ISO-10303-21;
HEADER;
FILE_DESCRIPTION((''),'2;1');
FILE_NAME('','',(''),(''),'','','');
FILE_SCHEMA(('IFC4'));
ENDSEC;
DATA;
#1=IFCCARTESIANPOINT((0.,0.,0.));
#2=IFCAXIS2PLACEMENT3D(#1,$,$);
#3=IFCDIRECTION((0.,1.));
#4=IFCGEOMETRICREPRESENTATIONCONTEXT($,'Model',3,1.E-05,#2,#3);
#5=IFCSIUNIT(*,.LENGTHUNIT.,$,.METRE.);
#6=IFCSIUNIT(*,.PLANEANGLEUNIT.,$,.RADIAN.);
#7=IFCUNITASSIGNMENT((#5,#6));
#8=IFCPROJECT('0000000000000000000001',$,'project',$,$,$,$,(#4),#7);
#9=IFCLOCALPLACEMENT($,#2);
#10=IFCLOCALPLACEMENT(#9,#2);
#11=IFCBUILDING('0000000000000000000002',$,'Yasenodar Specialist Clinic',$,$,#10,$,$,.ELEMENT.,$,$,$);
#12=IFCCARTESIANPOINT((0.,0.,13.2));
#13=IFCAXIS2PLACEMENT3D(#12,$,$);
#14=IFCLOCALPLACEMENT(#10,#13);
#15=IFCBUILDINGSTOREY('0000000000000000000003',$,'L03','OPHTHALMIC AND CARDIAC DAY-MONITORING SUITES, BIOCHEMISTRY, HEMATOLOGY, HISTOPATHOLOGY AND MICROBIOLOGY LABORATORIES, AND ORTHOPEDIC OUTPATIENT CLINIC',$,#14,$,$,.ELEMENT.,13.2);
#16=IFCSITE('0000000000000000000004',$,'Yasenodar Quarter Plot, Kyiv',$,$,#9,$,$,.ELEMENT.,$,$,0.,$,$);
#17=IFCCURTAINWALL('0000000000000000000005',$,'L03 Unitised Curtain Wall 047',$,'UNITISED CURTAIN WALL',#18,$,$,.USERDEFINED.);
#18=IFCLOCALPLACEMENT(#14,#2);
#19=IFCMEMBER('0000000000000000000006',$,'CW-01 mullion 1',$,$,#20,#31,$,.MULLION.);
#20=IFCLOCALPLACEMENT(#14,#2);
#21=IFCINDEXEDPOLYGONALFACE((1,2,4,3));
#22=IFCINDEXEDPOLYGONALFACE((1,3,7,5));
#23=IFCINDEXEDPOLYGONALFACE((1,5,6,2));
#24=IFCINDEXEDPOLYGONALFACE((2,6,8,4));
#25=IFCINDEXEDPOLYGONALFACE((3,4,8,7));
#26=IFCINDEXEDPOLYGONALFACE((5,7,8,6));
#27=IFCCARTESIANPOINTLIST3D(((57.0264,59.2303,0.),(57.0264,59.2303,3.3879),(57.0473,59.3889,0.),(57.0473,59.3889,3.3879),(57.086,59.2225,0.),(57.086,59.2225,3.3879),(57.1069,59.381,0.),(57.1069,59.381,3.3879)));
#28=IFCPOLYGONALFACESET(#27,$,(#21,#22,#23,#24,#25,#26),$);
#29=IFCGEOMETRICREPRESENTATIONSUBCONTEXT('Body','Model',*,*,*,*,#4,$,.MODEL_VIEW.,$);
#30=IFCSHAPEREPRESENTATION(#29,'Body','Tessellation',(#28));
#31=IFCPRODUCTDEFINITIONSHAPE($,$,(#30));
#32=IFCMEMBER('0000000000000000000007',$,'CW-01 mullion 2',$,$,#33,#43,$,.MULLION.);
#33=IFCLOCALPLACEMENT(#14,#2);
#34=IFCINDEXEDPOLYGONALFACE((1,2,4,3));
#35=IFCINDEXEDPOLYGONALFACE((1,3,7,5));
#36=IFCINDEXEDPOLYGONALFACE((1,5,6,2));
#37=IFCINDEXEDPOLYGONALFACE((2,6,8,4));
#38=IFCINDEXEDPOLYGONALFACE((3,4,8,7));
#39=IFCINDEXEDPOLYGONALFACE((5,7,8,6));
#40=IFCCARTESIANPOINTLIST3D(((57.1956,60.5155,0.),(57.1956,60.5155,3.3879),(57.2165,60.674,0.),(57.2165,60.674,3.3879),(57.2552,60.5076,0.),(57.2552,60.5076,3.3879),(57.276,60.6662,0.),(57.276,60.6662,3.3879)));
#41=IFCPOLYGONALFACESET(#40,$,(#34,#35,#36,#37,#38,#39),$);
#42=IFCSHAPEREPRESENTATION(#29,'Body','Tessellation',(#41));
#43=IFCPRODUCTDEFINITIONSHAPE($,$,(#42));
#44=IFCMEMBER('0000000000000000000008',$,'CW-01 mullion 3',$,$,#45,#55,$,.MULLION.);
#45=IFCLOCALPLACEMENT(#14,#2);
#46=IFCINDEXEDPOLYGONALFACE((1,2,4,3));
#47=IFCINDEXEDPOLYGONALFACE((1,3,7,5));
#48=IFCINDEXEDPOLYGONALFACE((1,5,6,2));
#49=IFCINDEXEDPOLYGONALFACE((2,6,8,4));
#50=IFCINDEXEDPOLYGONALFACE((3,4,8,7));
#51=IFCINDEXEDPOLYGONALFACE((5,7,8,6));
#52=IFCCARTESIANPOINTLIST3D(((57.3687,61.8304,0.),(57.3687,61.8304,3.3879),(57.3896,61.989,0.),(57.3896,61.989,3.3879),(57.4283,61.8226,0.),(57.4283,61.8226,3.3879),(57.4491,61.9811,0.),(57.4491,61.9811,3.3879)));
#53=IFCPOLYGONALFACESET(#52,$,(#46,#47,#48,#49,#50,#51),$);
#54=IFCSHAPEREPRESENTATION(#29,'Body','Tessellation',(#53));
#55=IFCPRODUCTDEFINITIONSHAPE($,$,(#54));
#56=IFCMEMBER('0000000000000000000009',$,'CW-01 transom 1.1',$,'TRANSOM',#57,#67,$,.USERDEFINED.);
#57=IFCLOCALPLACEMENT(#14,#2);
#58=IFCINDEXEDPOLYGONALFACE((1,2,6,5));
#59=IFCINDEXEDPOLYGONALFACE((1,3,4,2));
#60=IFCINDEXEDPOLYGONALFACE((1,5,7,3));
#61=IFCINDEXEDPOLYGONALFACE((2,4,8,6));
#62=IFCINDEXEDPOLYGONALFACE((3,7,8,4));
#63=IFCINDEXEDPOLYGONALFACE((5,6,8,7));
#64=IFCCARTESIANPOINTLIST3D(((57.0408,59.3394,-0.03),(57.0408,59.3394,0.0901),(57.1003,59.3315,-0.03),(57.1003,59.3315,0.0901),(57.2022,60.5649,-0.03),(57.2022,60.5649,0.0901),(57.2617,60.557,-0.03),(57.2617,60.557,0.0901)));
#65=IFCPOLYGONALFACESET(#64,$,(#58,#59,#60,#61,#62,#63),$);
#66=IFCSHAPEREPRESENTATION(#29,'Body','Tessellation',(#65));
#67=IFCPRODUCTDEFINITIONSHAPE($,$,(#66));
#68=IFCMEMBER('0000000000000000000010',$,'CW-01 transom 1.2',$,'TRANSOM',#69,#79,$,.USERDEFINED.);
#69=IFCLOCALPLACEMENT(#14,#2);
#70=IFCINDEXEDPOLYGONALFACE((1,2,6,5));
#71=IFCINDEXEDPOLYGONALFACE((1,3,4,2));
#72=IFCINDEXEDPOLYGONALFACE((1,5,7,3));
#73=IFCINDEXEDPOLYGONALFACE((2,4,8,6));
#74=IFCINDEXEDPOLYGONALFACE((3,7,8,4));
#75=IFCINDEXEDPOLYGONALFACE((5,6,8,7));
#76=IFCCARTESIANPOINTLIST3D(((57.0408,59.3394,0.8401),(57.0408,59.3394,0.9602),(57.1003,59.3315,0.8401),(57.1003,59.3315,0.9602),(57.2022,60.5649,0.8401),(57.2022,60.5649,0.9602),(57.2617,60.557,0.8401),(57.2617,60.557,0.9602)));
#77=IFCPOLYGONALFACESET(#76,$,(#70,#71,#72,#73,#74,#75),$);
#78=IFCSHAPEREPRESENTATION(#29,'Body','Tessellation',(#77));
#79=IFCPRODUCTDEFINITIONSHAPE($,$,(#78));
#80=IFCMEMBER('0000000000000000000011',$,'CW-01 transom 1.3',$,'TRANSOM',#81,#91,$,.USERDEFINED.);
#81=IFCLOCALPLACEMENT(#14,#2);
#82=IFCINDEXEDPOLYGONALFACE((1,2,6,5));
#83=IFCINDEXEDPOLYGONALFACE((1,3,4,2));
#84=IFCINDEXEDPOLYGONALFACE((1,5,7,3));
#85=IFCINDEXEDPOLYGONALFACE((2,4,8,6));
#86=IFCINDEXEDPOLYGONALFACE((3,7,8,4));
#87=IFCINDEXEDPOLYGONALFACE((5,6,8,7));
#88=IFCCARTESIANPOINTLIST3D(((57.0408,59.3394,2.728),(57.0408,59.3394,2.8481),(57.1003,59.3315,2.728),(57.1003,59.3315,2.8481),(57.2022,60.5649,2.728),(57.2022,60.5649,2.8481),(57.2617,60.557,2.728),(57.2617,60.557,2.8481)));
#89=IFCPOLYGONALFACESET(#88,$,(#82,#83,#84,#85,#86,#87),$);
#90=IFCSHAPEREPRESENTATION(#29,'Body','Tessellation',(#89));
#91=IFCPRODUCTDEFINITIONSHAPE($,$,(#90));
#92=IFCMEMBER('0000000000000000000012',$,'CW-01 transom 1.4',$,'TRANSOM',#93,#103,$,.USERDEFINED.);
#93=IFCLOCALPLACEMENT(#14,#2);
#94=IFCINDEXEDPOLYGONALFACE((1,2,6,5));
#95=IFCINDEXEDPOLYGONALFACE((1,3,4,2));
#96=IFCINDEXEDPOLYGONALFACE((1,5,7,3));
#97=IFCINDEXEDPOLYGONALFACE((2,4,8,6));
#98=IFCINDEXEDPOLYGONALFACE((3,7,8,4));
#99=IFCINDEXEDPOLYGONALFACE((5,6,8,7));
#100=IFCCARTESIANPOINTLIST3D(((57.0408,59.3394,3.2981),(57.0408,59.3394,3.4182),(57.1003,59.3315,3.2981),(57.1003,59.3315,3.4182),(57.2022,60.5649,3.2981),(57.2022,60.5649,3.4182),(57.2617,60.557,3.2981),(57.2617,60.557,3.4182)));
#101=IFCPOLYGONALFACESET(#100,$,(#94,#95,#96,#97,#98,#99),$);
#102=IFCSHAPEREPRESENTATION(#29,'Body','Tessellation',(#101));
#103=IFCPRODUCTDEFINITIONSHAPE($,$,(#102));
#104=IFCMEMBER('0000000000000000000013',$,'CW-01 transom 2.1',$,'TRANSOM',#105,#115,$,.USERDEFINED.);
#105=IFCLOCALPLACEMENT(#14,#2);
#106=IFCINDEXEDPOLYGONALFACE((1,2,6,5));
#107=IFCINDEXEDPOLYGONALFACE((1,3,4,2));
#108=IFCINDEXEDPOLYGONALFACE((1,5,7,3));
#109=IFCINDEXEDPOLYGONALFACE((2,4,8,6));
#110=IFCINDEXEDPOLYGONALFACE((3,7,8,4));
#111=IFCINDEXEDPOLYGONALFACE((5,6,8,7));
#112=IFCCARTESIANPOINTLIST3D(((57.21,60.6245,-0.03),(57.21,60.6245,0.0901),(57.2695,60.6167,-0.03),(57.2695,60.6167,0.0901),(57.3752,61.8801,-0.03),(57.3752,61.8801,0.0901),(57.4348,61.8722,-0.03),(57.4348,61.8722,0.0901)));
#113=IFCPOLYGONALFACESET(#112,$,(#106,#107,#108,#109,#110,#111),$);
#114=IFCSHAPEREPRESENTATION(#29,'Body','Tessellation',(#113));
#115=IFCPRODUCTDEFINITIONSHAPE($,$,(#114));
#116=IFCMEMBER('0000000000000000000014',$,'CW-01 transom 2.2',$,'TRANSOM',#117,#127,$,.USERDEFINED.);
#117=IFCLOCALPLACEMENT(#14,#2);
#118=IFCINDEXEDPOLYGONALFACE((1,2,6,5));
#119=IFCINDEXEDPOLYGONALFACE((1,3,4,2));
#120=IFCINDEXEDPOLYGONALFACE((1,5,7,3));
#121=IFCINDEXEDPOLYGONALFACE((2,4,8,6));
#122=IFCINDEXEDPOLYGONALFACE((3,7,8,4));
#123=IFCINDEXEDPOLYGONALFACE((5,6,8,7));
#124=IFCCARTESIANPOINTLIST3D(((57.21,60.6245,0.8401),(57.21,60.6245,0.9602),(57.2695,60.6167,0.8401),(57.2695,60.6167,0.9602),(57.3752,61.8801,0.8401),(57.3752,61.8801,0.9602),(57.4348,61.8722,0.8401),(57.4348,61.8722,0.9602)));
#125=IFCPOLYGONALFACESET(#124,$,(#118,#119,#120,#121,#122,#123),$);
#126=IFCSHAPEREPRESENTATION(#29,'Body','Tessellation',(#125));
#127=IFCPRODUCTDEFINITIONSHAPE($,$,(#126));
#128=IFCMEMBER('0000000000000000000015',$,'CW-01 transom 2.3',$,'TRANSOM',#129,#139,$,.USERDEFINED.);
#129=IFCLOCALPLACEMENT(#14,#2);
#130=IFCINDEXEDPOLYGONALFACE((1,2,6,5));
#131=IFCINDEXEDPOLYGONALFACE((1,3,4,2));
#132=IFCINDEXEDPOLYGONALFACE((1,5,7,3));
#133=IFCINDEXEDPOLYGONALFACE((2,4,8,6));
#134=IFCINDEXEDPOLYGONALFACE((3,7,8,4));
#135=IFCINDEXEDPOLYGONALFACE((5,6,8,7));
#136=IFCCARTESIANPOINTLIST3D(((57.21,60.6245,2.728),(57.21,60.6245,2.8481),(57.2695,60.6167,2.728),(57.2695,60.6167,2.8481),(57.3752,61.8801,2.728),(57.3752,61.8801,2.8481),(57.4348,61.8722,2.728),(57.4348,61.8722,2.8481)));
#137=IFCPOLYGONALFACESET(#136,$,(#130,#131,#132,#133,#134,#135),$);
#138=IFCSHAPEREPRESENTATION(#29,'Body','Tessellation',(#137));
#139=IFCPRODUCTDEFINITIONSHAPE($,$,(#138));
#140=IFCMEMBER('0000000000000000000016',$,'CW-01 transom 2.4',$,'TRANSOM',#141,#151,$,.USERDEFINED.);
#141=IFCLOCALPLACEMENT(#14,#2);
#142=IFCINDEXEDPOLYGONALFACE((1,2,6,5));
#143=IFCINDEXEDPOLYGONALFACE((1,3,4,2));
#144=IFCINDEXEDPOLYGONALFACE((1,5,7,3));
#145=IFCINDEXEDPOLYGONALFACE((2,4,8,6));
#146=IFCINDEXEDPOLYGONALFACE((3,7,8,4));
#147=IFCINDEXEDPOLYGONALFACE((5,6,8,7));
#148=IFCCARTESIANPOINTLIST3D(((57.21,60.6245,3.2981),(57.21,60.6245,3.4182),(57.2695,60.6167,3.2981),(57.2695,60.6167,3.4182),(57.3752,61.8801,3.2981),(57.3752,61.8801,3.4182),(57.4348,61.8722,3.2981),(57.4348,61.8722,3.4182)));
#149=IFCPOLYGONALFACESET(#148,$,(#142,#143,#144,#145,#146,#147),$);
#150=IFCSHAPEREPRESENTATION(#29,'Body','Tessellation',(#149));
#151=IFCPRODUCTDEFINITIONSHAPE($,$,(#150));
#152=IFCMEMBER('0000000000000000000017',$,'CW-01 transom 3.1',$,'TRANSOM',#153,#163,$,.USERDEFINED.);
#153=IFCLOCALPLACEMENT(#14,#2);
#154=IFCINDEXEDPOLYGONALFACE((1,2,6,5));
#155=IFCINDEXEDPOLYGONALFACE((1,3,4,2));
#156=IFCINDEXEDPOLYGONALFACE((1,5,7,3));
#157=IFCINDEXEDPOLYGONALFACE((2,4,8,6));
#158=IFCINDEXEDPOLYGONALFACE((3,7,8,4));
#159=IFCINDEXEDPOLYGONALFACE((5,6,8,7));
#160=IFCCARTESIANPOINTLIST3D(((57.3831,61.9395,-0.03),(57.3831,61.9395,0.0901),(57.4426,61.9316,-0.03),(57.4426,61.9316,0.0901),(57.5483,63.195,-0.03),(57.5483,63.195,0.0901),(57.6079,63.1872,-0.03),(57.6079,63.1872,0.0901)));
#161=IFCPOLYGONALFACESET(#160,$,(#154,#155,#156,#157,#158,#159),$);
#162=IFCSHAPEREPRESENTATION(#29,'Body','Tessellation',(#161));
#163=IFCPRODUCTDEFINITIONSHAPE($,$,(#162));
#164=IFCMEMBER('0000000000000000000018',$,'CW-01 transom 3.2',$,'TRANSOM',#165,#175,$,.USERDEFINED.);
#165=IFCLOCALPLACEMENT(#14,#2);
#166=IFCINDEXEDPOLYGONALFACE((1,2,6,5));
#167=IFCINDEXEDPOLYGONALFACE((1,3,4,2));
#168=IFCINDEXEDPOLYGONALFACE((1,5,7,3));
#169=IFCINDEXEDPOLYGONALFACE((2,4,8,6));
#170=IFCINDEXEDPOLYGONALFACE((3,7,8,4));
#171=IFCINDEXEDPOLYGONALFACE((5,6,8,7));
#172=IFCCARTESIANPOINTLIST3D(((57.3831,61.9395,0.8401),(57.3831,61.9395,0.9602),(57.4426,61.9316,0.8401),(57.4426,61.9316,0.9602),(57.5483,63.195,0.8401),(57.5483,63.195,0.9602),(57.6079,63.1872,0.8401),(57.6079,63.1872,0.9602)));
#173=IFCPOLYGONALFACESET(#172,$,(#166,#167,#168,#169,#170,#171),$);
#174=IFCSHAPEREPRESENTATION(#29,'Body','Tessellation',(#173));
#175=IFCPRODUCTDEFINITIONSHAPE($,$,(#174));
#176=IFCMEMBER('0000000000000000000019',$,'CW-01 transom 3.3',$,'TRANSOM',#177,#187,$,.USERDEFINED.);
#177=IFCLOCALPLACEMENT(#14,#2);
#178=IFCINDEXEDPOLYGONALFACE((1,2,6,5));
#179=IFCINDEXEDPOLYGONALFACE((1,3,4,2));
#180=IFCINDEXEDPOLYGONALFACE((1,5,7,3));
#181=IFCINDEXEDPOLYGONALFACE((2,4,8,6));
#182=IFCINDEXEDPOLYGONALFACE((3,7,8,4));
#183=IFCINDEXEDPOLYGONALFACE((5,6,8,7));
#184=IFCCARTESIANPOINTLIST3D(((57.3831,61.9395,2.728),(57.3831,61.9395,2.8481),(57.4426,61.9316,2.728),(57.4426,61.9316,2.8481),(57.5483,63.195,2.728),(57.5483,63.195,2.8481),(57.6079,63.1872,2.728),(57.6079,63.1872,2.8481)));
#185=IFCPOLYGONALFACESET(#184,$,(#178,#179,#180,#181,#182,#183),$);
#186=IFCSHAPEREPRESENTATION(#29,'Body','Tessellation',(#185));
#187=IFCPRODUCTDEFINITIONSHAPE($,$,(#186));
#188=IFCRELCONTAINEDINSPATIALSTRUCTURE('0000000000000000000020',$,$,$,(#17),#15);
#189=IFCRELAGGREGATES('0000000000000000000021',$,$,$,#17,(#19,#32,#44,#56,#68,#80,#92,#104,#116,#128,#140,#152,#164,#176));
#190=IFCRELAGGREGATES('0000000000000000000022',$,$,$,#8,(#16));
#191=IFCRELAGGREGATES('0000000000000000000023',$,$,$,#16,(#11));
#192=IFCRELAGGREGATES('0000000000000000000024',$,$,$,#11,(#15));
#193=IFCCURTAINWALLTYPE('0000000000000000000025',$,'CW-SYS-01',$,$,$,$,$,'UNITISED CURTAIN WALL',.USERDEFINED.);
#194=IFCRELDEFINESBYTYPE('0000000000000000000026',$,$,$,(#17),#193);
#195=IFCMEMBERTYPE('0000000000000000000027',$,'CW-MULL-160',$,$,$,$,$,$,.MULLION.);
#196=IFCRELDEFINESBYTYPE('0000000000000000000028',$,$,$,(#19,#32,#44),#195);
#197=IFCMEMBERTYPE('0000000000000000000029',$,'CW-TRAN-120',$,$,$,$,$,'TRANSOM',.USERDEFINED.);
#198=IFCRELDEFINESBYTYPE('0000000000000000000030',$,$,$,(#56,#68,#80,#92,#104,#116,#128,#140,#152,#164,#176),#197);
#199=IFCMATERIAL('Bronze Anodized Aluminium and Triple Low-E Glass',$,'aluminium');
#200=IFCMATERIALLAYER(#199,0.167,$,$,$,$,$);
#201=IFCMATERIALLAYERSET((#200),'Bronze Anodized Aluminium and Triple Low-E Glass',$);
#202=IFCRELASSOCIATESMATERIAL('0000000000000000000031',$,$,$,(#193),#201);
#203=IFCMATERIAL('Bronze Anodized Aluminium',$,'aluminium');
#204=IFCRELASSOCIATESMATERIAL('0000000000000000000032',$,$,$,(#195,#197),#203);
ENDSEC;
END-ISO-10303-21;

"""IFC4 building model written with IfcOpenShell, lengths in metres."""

from ifc_helpers import new_model, si_unit, direction, frame, origin, origin_2d, place, context, subcontext, project, spatial, rectangle, extrude, material, layer, layer_set, material_profile, profile_set, type_object, element, aggregate, save


model = new_model("IFC4")

# Units and contexts
model_context = context("Model", 3, precision=1e-05, world=origin(), true_north=direction((0.0, 1.0)))
body_context = subcontext(model_context, "Body", "Model", "MODEL_VIEW")
ifc_project = project(units=[si_unit("LENGTHUNIT", "METRE"), si_unit("PLANEANGLEUNIT", "RADIAN")], contexts=[model_context])

# Site, building, storey
site_placement = place(None, origin())
site = spatial("IfcSite", under=ifc_project, at=site_placement, Name="Yasenodar Quarter Plot, Kyiv", CompositionType="ELEMENT", RefElevation=0.0)
building_placement = place(site_placement, origin())
building = spatial("IfcBuilding", under=site, at=building_placement, Name="Yasenodar Specialist Clinic", CompositionType="ELEMENT")
storey_placement = place(building_placement, frame((0.0, 0.0, 13.2)))
storey = spatial("IfcBuildingStorey", under=building, at=storey_placement, Name="L03", Description="OPHTHALMIC AND CARDIAC DAY-MONITORING SUITES, BIOCHEMISTRY, HEMATOLOGY, HISTOPATHOLOGY AND MICROBIOLOGY LABORATORIES, AND ORTHOPEDIC OUTPATIENT CLINIC", CompositionType="ELEMENT", Elevation=13.2)

# Curtain wall, members
ifc_material_1 = material(Name="Bronze Anodized Aluminium and Triple Low-E Glass", Category="aluminium")
ifc_layer_1 = layer(ifc_material_1, 0.167)
ifc_layer_set_1 = layer_set([ifc_layer_1], Name="Bronze Anodized Aluminium and Triple Low-E Glass")
curtain_wall_type = type_object("IfcCurtainWallType", Name="CW-SYS-01", ElementType="UNITISED CURTAIN WALL", PredefinedType="USERDEFINED", material=ifc_layer_set_1)
curtain_wall_placement = place(storey_placement, origin())
curtain_wall = element("IfcCurtainWall", 1, at=curtain_wall_placement, inside=storey, type_object=curtain_wall_type, Name="L03 Unitised Curtain Wall 047", ObjectType="UNITISED CURTAIN WALL", PredefinedType="USERDEFINED")
ifc_material_2 = material(Name="Bronze Anodized Aluminium", Category="aluminium")
ifc_material_profile_1 = material_profile(ifc_material_2, rectangle(XDim=0.0601, YDim=0.1599, at=origin_2d()), Name="CW-MULL 60x160")
ifc_profile_set_1 = profile_set([ifc_material_profile_1], Name="Bronze Anodized Aluminium")
member_type_1 = type_object("IfcMemberType", Name="CW-MULL-160", PredefinedType="MULLION", material=ifc_profile_set_1)
member_1_placement = place(storey_placement, frame((57.0667, 59.3057, 0.0), z_axis=(0.0, 0.0, 1.0), x_axis=(-0.991447, 0.130512, 0.0)))
member_1 = element("IfcMember", 2, at=member_1_placement, type_object=member_type_1, Name="CW-01 mullion 1", PredefinedType="MULLION", context=body_context, shape_type="SweptSolid", body=[
    extrude(rectangle(XDim=0.0601, YDim=0.1599, at=origin_2d()), origin(), (0.0, 0.0, 1.0), 3.3879),
])
member_2_placement = place(storey_placement, frame((57.2358, 60.5908, 0.0), z_axis=(0.0, 0.0, 1.0), x_axis=(-0.991447, 0.130512, 0.0)))
member_2 = element("IfcMember", 3, at=member_2_placement, type_object=member_type_1, Name="CW-01 mullion 2", PredefinedType="MULLION", context=body_context, shape_type="SweptSolid", body=[
    extrude(rectangle(XDim=0.0601, YDim=0.1599, at=origin_2d()), origin(), (0.0, 0.0, 1.0), 3.3879),
])
member_3_placement = place(storey_placement, frame((57.4089, 61.9058, 0.0), z_axis=(0.0, 0.0, 1.0), x_axis=(-0.991447, 0.130512, 0.0)))
member_3 = element("IfcMember", 4, at=member_3_placement, type_object=member_type_1, Name="CW-01 mullion 3", PredefinedType="MULLION", context=body_context, shape_type="SweptSolid", body=[
    extrude(rectangle(XDim=0.0601, YDim=0.1599, at=origin_2d()), origin(), (0.0, 0.0, 1.0), 3.3879),
])
ifc_material_profile_2 = material_profile(ifc_material_2, rectangle(XDim=0.0601, YDim=0.1201, at=origin_2d()), Name="CW-TRAN 60x120")
ifc_profile_set_2 = profile_set([ifc_material_profile_2], Name="Bronze Anodized Aluminium")
member_type_2 = type_object("IfcMemberType", Name="CW-TRAN-120", ElementType="TRANSOM", PredefinedType="USERDEFINED", material=ifc_profile_set_2)
member_4_placement = place(storey_placement, frame((57.0706, 59.3354, 0.03), z_axis=(0.130546, 0.991442, 0.0), x_axis=(-0.991442, 0.130546, 0.0)))
member_4 = element("IfcMember", 5, at=member_4_placement, type_object=member_type_2, Name="CW-01 transom 1.1", ObjectType="TRANSOM", PredefinedType="USERDEFINED", context=body_context, shape_type="SweptSolid", body=[
    extrude(rectangle(XDim=0.0601, YDim=0.1201, at=origin_2d()), origin(), (0.0, 0.0, 1.0), 1.2361),
])
member_5_placement = place(storey_placement, frame((57.0706, 59.3354, 0.9001), z_axis=(0.130546, 0.991442, 0.0), x_axis=(-0.991442, 0.130546, 0.0)))
member_5 = element("IfcMember", 6, at=member_5_placement, type_object=member_type_2, Name="CW-01 transom 1.2", ObjectType="TRANSOM", PredefinedType="USERDEFINED", context=body_context, shape_type="SweptSolid", body=[
    extrude(rectangle(XDim=0.0601, YDim=0.1201, at=origin_2d()), origin(), (0.0, 0.0, 1.0), 1.2361),
])
member_6_placement = place(storey_placement, frame((57.0706, 59.3354, 2.7881), z_axis=(0.130546, 0.991442, 0.0), x_axis=(-0.991442, 0.130546, 0.0)))
member_6 = element("IfcMember", 7, at=member_6_placement, type_object=member_type_2, Name="CW-01 transom 1.3", ObjectType="TRANSOM", PredefinedType="USERDEFINED", context=body_context, shape_type="SweptSolid", body=[
    extrude(rectangle(XDim=0.0601, YDim=0.1201, at=origin_2d()), origin(), (0.0, 0.0, 1.0), 1.2361),
])
member_7_placement = place(storey_placement, frame((57.0706, 59.3354, 3.3582), z_axis=(0.130546, 0.991442, 0.0), x_axis=(-0.991442, 0.130546, 0.0)))
member_7 = element("IfcMember", 8, at=member_7_placement, type_object=member_type_2, Name="CW-01 transom 1.4", ObjectType="TRANSOM", PredefinedType="USERDEFINED", context=body_context, shape_type="SweptSolid", body=[
    extrude(rectangle(XDim=0.0601, YDim=0.1201, at=origin_2d()), origin(), (0.0, 0.0, 1.0), 1.2361),
])
member_8_placement = place(storey_placement, frame((57.2397, 60.6206, 0.03), z_axis=(0.130509, 0.991447, 0.0), x_axis=(-0.991447, 0.130509, 0.0)))
member_8 = element("IfcMember", 9, at=member_8_placement, type_object=member_type_2, Name="CW-01 transom 2.1", ObjectType="TRANSOM", PredefinedType="USERDEFINED", context=body_context, shape_type="SweptSolid", body=[
    extrude(rectangle(XDim=0.0601, YDim=0.1201, at=origin_2d()), origin(), (0.0, 0.0, 1.0), 1.2664),
])
member_9_placement = place(storey_placement, frame((57.2397, 60.6206, 0.9001), z_axis=(0.130509, 0.991447, 0.0), x_axis=(-0.991447, 0.130509, 0.0)))
member_9 = element("IfcMember", 10, at=member_9_placement, type_object=member_type_2, Name="CW-01 transom 2.2", ObjectType="TRANSOM", PredefinedType="USERDEFINED", context=body_context, shape_type="SweptSolid", body=[
    extrude(rectangle(XDim=0.0601, YDim=0.1201, at=origin_2d()), origin(), (0.0, 0.0, 1.0), 1.2664),
])
member_10_placement = place(storey_placement, frame((57.2397, 60.6206, 2.7881), z_axis=(0.130509, 0.991447, 0.0), x_axis=(-0.991447, 0.130509, 0.0)))
member_10 = element("IfcMember", 11, at=member_10_placement, type_object=member_type_2, Name="CW-01 transom 2.3", ObjectType="TRANSOM", PredefinedType="USERDEFINED", context=body_context, shape_type="SweptSolid", body=[
    extrude(rectangle(XDim=0.0601, YDim=0.1201, at=origin_2d()), origin(), (0.0, 0.0, 1.0), 1.2664),
])
member_11_placement = place(storey_placement, frame((57.2397, 60.6206, 3.3582), z_axis=(0.130509, 0.991447, 0.0), x_axis=(-0.991447, 0.130509, 0.0)))
member_11 = element("IfcMember", 12, at=member_11_placement, type_object=member_type_2, Name="CW-01 transom 2.4", ObjectType="TRANSOM", PredefinedType="USERDEFINED", context=body_context, shape_type="SweptSolid", body=[
    extrude(rectangle(XDim=0.0601, YDim=0.1201, at=origin_2d()), origin(), (0.0, 0.0, 1.0), 1.2664),
])
member_12_placement = place(storey_placement, frame((57.4128, 61.9355, 0.03), z_axis=(0.130509, 0.991447, 0.0), x_axis=(-0.991447, 0.130509, 0.0)))
member_12 = element("IfcMember", 13, at=member_12_placement, type_object=member_type_2, Name="CW-01 transom 3.1", ObjectType="TRANSOM", PredefinedType="USERDEFINED", context=body_context, shape_type="SweptSolid", body=[
    extrude(rectangle(XDim=0.0601, YDim=0.1201, at=origin_2d()), origin(), (0.0, 0.0, 1.0), 1.2664),
])
member_13_placement = place(storey_placement, frame((57.4128, 61.9355, 0.9001), z_axis=(0.130509, 0.991447, 0.0), x_axis=(-0.991447, 0.130509, 0.0)))
member_13 = element("IfcMember", 14, at=member_13_placement, type_object=member_type_2, Name="CW-01 transom 3.2", ObjectType="TRANSOM", PredefinedType="USERDEFINED", context=body_context, shape_type="SweptSolid", body=[
    extrude(rectangle(XDim=0.0601, YDim=0.1201, at=origin_2d()), origin(), (0.0, 0.0, 1.0), 1.2664),
])
member_14_placement = place(storey_placement, frame((57.4128, 61.9355, 2.7881), z_axis=(0.130509, 0.991447, 0.0), x_axis=(-0.991447, 0.130509, 0.0)))
member_14 = element("IfcMember", 15, at=member_14_placement, type_object=member_type_2, Name="CW-01 transom 3.3", ObjectType="TRANSOM", PredefinedType="USERDEFINED", context=body_context, shape_type="SweptSolid", body=[
    extrude(rectangle(XDim=0.0601, YDim=0.1201, at=origin_2d()), origin(), (0.0, 0.0, 1.0), 1.2664),
])
aggregate(curtain_wall, [member_1, member_2, member_3, member_4, member_5, member_6, member_7, member_8, member_9, member_10, member_11, member_12, member_13, member_14])

save(model, "model.ifc")
